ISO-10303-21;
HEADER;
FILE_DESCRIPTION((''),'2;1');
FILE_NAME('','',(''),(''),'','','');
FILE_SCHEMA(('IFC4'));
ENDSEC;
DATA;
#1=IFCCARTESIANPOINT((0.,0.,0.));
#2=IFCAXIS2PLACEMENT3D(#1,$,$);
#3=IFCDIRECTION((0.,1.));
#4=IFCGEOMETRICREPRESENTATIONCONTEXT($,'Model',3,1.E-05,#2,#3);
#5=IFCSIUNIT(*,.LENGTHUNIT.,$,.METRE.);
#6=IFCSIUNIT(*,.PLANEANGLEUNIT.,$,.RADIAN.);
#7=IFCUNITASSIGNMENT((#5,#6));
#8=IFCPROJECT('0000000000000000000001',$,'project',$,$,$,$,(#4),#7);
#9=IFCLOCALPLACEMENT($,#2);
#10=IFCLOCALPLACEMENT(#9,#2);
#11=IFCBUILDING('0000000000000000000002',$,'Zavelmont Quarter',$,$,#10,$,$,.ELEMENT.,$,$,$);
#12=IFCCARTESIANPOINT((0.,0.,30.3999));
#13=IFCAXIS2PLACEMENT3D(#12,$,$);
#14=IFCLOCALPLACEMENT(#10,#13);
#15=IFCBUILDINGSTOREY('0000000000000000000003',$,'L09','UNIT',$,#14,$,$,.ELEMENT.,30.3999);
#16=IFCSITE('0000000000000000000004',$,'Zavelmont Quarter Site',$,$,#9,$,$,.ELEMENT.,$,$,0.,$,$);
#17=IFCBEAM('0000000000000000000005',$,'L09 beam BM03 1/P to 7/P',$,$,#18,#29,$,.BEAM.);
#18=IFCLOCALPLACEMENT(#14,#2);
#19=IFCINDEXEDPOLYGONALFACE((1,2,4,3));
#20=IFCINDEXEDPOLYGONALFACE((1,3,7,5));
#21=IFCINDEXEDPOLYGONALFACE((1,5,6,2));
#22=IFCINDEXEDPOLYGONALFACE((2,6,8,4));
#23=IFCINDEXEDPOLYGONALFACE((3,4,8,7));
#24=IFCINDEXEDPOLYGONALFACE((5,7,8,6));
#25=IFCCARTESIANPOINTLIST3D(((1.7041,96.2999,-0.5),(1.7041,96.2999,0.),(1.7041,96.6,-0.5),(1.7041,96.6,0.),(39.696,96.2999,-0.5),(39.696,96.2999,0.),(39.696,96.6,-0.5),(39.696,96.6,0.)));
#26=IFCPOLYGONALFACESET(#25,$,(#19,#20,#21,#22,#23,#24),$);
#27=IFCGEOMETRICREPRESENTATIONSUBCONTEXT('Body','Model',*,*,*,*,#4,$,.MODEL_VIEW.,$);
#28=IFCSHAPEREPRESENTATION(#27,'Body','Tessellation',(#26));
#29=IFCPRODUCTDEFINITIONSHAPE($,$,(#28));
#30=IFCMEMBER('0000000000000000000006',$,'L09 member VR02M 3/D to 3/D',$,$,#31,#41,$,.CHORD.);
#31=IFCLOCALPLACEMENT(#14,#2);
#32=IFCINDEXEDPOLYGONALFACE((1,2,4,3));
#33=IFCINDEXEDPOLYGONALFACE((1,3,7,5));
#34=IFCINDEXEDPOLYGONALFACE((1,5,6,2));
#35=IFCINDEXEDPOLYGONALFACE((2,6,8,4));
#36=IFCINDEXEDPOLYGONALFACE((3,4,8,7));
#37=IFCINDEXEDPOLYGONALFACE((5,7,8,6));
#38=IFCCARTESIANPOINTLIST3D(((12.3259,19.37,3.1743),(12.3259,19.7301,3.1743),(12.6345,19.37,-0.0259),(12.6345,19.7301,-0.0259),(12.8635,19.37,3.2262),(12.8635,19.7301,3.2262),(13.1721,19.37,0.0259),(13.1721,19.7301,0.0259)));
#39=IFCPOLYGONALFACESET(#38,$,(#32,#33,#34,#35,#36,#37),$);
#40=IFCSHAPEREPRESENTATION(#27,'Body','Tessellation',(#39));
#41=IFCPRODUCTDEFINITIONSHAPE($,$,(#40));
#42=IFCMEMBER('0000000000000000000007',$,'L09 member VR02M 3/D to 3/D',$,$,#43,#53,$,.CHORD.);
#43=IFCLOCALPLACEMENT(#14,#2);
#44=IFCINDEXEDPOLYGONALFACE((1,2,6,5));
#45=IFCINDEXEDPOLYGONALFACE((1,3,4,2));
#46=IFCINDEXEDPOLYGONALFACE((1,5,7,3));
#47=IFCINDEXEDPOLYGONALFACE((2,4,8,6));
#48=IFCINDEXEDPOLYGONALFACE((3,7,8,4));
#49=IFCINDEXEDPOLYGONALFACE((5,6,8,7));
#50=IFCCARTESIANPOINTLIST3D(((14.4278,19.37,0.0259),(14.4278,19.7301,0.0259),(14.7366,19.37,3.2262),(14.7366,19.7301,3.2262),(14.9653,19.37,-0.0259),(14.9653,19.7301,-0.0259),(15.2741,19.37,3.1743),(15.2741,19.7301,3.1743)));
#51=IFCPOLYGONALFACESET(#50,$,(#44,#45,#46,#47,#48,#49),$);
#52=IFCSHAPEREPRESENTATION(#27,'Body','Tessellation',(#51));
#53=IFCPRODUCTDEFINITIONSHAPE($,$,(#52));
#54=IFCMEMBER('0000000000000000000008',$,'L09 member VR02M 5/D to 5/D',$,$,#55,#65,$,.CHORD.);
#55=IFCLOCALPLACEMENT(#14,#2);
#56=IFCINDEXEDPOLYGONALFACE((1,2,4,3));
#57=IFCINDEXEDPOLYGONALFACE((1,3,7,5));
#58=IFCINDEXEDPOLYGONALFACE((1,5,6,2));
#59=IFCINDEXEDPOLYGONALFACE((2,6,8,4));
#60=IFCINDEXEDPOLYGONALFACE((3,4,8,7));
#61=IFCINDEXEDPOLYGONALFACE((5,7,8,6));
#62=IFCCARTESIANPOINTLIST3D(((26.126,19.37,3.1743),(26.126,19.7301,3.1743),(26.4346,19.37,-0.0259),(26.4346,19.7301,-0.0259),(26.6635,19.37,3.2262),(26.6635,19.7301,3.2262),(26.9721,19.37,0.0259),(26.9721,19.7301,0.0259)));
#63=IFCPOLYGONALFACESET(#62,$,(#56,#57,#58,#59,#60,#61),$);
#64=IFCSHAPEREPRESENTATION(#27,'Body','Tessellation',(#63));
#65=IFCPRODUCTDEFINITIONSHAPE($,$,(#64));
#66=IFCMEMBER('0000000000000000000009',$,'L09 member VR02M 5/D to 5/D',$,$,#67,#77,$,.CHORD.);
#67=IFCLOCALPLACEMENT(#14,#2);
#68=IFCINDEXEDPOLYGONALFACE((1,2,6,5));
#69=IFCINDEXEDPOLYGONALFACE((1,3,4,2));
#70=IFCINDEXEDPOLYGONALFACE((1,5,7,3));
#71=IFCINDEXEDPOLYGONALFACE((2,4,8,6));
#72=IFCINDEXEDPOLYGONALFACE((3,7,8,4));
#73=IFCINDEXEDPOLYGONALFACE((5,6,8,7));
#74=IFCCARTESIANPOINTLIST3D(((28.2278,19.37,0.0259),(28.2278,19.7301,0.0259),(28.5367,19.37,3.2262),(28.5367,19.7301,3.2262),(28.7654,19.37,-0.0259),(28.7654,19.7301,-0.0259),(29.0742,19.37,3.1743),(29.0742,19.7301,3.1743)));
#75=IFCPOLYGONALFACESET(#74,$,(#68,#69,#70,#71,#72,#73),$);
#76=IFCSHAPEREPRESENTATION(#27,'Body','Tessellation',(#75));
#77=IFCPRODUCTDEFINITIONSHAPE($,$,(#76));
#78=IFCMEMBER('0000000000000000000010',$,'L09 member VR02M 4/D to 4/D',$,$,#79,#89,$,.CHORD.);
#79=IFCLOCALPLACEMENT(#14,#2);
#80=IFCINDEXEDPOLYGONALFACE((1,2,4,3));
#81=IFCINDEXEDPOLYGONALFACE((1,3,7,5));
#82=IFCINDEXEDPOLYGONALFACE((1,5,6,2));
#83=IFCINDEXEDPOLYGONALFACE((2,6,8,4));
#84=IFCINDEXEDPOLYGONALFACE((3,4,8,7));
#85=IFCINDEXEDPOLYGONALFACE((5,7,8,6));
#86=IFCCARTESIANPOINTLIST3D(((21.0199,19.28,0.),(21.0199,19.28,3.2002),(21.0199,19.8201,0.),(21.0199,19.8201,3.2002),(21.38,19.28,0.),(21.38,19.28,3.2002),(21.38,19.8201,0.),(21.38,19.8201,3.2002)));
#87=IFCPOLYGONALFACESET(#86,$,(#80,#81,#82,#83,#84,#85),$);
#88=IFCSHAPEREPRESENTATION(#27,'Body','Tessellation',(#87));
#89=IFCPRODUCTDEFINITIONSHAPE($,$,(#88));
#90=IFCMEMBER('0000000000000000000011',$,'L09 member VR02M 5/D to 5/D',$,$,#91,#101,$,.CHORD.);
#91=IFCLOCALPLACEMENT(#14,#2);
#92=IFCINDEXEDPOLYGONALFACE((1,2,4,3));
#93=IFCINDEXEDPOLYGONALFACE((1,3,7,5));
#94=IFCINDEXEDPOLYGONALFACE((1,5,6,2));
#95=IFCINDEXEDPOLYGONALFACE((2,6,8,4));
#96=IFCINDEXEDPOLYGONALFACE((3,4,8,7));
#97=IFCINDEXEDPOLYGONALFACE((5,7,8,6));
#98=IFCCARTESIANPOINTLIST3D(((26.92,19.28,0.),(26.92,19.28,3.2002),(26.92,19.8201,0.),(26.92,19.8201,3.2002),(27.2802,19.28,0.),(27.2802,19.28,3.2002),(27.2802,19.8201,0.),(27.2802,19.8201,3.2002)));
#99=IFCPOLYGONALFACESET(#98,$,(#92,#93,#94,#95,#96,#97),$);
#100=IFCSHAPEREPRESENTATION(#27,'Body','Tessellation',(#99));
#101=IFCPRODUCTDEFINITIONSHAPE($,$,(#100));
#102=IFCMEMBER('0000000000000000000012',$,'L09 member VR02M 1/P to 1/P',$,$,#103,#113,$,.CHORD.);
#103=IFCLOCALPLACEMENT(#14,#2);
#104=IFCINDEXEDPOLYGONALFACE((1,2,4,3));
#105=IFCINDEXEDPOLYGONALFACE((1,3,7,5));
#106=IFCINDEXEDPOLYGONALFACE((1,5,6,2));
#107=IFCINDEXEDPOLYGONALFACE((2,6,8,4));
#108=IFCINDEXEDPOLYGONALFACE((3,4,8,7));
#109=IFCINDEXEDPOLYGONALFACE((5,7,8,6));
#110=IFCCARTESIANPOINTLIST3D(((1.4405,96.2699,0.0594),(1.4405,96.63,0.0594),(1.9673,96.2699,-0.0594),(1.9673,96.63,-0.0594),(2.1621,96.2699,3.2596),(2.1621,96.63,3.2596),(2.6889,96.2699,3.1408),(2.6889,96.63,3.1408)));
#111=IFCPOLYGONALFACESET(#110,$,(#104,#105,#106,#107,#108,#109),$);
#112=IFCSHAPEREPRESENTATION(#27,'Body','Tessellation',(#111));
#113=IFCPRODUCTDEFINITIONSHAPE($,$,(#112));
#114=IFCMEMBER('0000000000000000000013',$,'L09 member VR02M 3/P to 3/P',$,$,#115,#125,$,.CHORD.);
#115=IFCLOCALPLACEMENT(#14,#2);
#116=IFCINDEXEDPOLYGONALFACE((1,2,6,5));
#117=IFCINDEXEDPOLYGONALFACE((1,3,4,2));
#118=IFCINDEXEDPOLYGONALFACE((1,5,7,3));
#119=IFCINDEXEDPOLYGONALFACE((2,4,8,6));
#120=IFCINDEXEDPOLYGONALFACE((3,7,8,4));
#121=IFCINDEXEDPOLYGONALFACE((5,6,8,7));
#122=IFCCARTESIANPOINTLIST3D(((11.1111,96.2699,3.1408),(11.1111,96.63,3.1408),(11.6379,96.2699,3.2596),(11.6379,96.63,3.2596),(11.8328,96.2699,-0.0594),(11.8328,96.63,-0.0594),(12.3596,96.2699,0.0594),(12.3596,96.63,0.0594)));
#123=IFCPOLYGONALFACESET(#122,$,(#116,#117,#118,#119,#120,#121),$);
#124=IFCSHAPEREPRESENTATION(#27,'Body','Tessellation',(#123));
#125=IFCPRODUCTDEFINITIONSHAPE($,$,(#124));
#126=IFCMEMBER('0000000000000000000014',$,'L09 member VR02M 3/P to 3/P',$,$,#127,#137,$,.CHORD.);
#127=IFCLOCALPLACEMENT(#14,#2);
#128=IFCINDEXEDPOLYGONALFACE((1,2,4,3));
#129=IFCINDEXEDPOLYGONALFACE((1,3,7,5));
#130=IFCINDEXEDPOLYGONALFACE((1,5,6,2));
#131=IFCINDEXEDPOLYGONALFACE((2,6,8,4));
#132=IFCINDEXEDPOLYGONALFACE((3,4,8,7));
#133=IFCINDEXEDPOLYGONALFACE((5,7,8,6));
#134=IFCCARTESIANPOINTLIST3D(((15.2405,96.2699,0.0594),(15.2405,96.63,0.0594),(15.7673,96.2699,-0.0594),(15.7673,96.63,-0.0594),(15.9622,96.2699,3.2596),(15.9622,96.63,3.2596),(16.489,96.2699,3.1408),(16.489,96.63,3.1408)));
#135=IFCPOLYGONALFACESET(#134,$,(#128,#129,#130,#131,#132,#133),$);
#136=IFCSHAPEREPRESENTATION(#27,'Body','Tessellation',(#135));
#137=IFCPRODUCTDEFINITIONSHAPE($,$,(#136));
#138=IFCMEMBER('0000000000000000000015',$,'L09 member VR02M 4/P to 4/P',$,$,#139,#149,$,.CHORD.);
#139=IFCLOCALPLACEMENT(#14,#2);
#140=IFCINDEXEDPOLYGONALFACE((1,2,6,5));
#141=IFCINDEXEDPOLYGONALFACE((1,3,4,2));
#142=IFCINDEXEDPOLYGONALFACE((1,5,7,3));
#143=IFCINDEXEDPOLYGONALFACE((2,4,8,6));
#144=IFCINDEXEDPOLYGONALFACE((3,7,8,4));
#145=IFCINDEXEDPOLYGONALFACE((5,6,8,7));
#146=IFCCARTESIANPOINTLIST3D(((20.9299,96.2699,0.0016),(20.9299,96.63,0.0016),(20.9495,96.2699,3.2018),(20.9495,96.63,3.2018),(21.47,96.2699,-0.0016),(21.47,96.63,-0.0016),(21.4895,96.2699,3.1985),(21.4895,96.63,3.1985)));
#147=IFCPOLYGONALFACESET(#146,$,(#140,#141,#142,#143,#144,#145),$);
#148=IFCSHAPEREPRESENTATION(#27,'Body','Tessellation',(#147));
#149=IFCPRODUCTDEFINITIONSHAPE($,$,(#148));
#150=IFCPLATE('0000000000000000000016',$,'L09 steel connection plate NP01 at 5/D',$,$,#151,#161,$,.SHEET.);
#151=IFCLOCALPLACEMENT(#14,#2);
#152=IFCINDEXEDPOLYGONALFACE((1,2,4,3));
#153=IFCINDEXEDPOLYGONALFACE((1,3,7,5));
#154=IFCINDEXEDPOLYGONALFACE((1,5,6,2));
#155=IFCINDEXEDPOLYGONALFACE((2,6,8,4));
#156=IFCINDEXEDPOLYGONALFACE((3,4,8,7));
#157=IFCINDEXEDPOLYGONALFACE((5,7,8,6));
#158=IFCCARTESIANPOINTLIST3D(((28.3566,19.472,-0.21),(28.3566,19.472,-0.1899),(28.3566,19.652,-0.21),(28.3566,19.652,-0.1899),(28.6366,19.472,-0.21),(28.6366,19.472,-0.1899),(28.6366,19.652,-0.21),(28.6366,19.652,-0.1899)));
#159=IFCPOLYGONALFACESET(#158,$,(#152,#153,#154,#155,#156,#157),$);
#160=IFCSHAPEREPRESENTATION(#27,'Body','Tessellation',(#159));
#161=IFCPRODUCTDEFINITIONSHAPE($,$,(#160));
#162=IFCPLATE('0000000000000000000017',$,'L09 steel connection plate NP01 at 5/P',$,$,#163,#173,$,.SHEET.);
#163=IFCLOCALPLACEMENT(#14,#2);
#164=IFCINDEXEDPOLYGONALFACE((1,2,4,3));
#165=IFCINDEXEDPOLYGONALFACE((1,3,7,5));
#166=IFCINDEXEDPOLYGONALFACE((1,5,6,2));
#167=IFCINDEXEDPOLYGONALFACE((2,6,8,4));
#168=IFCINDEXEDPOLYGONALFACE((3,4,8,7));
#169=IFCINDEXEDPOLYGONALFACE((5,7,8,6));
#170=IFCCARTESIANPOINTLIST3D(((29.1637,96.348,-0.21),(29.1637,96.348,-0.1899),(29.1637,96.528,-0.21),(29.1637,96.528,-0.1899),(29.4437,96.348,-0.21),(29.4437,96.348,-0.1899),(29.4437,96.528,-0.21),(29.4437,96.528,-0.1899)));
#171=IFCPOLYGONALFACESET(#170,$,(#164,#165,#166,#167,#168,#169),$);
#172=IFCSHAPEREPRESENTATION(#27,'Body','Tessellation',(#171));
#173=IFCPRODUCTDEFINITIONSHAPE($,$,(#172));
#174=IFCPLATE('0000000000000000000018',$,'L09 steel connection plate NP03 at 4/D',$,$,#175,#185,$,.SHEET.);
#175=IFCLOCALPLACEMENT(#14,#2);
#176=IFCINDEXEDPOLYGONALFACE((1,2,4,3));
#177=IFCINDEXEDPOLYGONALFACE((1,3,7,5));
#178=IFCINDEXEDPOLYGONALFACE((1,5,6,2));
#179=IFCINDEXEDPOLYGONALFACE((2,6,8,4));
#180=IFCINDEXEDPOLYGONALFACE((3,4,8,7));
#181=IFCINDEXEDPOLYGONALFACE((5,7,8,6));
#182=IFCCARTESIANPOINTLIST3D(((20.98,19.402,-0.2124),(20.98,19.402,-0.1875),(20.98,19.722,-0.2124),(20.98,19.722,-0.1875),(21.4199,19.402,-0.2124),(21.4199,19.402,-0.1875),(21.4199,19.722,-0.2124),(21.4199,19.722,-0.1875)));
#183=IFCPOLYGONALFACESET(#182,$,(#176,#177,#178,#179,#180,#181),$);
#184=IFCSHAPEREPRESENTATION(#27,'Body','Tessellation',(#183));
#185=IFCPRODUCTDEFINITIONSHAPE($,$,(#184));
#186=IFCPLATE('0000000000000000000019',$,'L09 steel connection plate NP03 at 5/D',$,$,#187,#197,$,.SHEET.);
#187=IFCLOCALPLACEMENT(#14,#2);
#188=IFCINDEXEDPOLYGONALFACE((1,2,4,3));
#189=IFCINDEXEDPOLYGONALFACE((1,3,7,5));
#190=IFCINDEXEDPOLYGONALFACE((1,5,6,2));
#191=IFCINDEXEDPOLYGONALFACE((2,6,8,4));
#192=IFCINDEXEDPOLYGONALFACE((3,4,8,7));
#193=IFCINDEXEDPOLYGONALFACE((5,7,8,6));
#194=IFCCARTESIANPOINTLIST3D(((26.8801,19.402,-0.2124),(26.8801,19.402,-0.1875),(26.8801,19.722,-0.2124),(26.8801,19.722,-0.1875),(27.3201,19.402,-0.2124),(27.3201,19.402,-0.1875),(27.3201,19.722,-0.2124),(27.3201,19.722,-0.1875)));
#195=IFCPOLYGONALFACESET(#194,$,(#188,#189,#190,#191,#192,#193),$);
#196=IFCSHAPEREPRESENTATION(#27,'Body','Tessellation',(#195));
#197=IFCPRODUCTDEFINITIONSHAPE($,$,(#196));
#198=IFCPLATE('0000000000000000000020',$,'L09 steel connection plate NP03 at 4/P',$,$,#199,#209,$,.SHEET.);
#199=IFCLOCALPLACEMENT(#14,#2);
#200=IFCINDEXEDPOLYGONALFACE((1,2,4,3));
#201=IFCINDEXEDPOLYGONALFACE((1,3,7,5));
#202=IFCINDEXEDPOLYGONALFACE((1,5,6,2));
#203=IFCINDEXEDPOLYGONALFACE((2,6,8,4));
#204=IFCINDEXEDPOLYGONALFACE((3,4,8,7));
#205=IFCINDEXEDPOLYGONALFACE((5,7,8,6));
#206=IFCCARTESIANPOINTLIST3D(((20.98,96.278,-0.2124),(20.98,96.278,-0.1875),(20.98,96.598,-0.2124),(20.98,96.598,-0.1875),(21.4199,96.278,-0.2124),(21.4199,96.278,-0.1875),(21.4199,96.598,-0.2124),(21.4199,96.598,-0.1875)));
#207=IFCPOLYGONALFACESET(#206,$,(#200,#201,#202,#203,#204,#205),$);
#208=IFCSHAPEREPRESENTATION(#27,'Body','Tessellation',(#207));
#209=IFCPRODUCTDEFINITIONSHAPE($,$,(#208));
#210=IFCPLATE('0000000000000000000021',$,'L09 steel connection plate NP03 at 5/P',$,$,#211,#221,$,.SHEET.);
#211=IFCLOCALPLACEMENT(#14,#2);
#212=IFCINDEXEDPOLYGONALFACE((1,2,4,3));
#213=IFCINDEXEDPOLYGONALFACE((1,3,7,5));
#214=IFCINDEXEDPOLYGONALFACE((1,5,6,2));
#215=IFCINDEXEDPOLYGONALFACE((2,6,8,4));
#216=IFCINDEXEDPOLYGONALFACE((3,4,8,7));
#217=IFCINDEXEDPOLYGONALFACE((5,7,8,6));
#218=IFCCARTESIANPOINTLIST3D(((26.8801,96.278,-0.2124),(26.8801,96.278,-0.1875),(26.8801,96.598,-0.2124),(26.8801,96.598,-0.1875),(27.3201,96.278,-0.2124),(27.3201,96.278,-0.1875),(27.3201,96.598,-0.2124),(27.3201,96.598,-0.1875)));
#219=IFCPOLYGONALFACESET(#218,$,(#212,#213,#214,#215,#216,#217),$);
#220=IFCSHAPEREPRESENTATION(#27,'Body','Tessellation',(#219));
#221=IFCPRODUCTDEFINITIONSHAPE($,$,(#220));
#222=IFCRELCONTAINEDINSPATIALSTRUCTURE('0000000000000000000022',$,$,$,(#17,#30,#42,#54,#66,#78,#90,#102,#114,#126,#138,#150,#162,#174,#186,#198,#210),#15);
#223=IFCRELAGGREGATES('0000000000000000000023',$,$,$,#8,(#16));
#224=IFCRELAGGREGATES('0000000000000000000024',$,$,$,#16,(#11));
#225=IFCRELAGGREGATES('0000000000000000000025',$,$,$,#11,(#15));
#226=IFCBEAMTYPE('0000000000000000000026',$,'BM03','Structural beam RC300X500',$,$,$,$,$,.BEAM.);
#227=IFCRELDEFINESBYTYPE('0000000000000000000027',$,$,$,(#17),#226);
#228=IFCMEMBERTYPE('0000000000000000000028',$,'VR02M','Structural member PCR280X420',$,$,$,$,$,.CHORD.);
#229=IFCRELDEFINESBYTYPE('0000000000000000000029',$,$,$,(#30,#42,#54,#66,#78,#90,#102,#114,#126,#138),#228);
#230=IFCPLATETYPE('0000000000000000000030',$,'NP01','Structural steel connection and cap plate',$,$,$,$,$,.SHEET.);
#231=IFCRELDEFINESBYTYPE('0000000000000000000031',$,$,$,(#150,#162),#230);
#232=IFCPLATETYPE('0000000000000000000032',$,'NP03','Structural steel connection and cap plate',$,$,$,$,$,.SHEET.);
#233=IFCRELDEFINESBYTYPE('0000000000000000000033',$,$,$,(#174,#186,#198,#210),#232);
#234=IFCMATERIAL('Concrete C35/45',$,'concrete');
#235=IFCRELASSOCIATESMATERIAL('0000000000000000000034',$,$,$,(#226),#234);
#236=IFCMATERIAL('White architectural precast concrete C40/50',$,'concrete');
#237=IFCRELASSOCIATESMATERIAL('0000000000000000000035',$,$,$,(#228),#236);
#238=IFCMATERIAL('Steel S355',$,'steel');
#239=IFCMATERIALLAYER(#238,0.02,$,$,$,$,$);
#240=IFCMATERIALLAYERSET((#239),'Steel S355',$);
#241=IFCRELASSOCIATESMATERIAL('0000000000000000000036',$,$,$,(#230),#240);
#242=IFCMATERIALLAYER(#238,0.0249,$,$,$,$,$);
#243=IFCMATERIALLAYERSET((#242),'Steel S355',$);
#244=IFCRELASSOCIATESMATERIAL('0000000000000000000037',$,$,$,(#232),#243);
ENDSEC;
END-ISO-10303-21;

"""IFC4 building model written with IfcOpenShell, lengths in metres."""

from ifc_helpers import new_model, si_unit, direction, frame, origin, origin_2d, place, context, subcontext, project, spatial, rectangle, extrude, material, layer, layer_set, material_profile, profile_set, type_object, element, save


model = new_model("IFC4")

# Units and contexts
model_context = context("Model", 3, precision=1e-05, world=origin(), true_north=direction((0.0, 1.0)))
body_context = subcontext(model_context, "Body", "Model", "MODEL_VIEW")
ifc_project = project(units=[si_unit("LENGTHUNIT", "METRE"), si_unit("PLANEANGLEUNIT", "RADIAN")], contexts=[model_context])

# Site, building, storey
site_placement = place(None, origin())
site = spatial("IfcSite", under=ifc_project, at=site_placement, Name="Zavelmont Quarter Site", CompositionType="ELEMENT", RefElevation=0.0)
building_placement = place(site_placement, origin())
building = spatial("IfcBuilding", under=site, at=building_placement, Name="Zavelmont Quarter", CompositionType="ELEMENT")
storey_placement = place(building_placement, frame((0.0, 0.0, 30.3999)))
storey = spatial("IfcBuildingStorey", under=building, at=storey_placement, Name="L09", Description="UNIT", CompositionType="ELEMENT", Elevation=30.3999)

# Beam
ifc_material_1 = material(Name="Concrete C35/45", Category="concrete")
ifc_material_profile_1 = material_profile(ifc_material_1, rectangle(XDim=0.3, YDim=0.5, at=origin_2d()), Name="RC300X500")
ifc_profile_set_1 = profile_set([ifc_material_profile_1], Name="Concrete C35/45")
beam_type = type_object("IfcBeamType", Name="BM03", Description="Structural beam RC300X500", PredefinedType="BEAM", material=ifc_profile_set_1)
beam_placement = place(storey_placement, frame((1.7041, 96.45, -0.25), z_axis=(1.0, 0.0, 0.0), x_axis=(0.0, 1.0, 0.0)))
element("IfcBeam", 1, at=beam_placement, inside=storey, type_object=beam_type, Name="L09 beam BM03 1/P to 7/P", PredefinedType="BEAM", context=body_context, shape_type="SweptSolid", body=[
    extrude(rectangle(XDim=0.3, YDim=0.5, at=origin_2d()), origin(), (0.0, 0.0, 1.0), 37.9919),
])

# Members
ifc_material_2 = material(Name="White architectural precast concrete C40/50", Category="concrete")
ifc_material_profile_2 = material_profile(ifc_material_2, rectangle(XDim=0.3601, YDim=0.54, at=origin_2d()), Name="PCR280X420")
ifc_profile_set_2 = profile_set([ifc_material_profile_2], Name="White architectural precast concrete C40/50")
member_type = type_object("IfcMemberType", Name="VR02M", Description="Structural member PCR280X420", PredefinedType="CHORD", material=ifc_profile_set_2)
for number, where, z_axis, x_axis, name in (
    (2, (12.9033, 19.55, 0.0), (-0.095984, 0.0, 0.995383), (0.0, -1.0, 0.0), "L09 member VR02M 3/D to 3/D"),
    (3, (14.6965, 19.55, 0.0), (0.09606, 0.0, 0.995376), (0.0, 1.0, 0.0), "L09 member VR02M 3/D to 3/D"),
    (4, (26.7034, 19.55, 0.0), (-0.095984, 0.0, 0.995383), (0.0, -1.0, 0.0), "L09 member VR02M 5/D to 5/D"),
    (5, (28.4966, 19.55, 0.0), (0.09606, 0.0, 0.995376), (0.0, 1.0, 0.0), "L09 member VR02M 5/D to 5/D"),
):
    element("IfcMember", number, at=place(storey_placement, frame(where, z_axis=z_axis, x_axis=x_axis)), inside=storey, type_object=member_type, Name=name, PredefinedType="CHORD", context=body_context, shape_type="SweptSolid", body=[
        extrude(rectangle(XDim=0.3601, YDim=0.54, at=origin_2d()), origin(), (0.0, 0.0, 1.0), 3.2151),
    ])
for number, where, z_axis, x_axis, name in (
    (6, (21.2, 19.55, 0.0), (0.0, 0.0, 1.0), (1.0, 0.0, 0.0), "L09 member VR02M 4/D to 4/D"),
    (7, (27.1001, 19.55, 0.0), (0.0, 0.0, 1.0), (1.0, 0.0, 0.0), "L09 member VR02M 5/D to 5/D"),
):
    element("IfcMember", number, at=place(storey_placement, frame(where, z_axis=z_axis, x_axis=x_axis)), inside=storey, type_object=member_type, Name=name, PredefinedType="CHORD", context=body_context, shape_type="SweptSolid", body=[
        extrude(rectangle(XDim=0.3601, YDim=0.54, at=origin_2d()), origin(), (0.0, 0.0, 1.0), 3.2002),
    ])
for number, where, z_axis, x_axis, name in (
    (8, (1.7039, 96.45, 0.0), (0.219987, 0.0, 0.975503), (0.0, 1.0, 0.0), "L09 member VR02M 1/P to 1/P"),
    (9, (12.0962, 96.45, 0.0), (-0.219987, 0.0, 0.975503), (0.0, -1.0, 0.0), "L09 member VR02M 3/P to 3/P"),
    (10, (15.5039, 96.45, 0.0), (0.219987, 0.0, 0.975503), (0.0, 1.0, 0.0), "L09 member VR02M 3/P to 3/P"),
):
    element("IfcMember", number, at=place(storey_placement, frame(where, z_axis=z_axis, x_axis=x_axis)), inside=storey, type_object=member_type, Name=name, PredefinedType="CHORD", context=body_context, shape_type="SweptSolid", body=[
        extrude(rectangle(XDim=0.3601, YDim=0.54, at=origin_2d()), origin(), (0.0, 0.0, 1.0), 3.2805),
    ])
member_placement = place(storey_placement, frame((21.2, 96.45, 0.0), z_axis=(0.006103, 0.0, 0.999981), x_axis=(0.0, 1.0, 0.0)))
element("IfcMember", 11, at=member_placement, inside=storey, type_object=member_type, Name="L09 member VR02M 4/P to 4/P", PredefinedType="CHORD", context=body_context, shape_type="SweptSolid", body=[
    extrude(rectangle(XDim=0.3601, YDim=0.54, at=origin_2d()), origin(), (0.0, 0.0, 1.0), 3.2002),
])

# Plates
ifc_material_3 = material(Name="Steel S355", Category="steel")
ifc_layer_1 = layer(ifc_material_3, 0.02)
ifc_layer_set_1 = layer_set([ifc_layer_1], Name="Steel S355")
plate_type_1 = type_object("IfcPlateType", Name="NP01", Description="Structural steel connection and cap plate", PredefinedType="SHEET", material=ifc_layer_set_1)
for number, where, z_axis, x_axis, name in (
    (12, (28.4966, 19.562, -0.21), (0.0, 0.0, 1.0), (1.0, 0.0, 0.0), "L09 steel connection plate NP01 at 5/D"),
    (13, (29.3037, 96.438, -0.21), (0.0, 0.0, 1.0), (1.0, 0.0, 0.0), "L09 steel connection plate NP01 at 5/P"),
):
    element("IfcPlate", number, at=place(storey_placement, frame(where, z_axis=z_axis, x_axis=x_axis)), inside=storey, type_object=plate_type_1, Name=name, PredefinedType="SHEET", context=body_context, shape_type="SweptSolid", body=[
        extrude(rectangle(XDim=0.28, YDim=0.1799, at=origin_2d()), origin(), (0.0, 0.0, 1.0), 0.02),
    ])
ifc_layer_2 = layer(ifc_material_3, 0.0249)
ifc_layer_set_2 = layer_set([ifc_layer_2], Name="Steel S355")
plate_type_2 = type_object("IfcPlateType", Name="NP03", Description="Structural steel connection and cap plate", PredefinedType="SHEET", material=ifc_layer_set_2)
for number, where, z_axis, x_axis, name in (
    (14, (21.2, 19.562, -0.2124), (0.0, 0.0, 1.0), (1.0, 0.0, 0.0), "L09 steel connection plate NP03 at 4/D"),
    (15, (27.1001, 19.562, -0.2124), (0.0, 0.0, 1.0), (1.0, 0.0, 0.0), "L09 steel connection plate NP03 at 5/D"),
    (16, (21.2, 96.438, -0.2124), (0.0, 0.0, 1.0), (1.0, 0.0, 0.0), "L09 steel connection plate NP03 at 4/P"),
    (17, (27.1001, 96.438, -0.2124), (0.0, 0.0, 1.0), (1.0, 0.0, 0.0), "L09 steel connection plate NP03 at 5/P"),
):
    element("IfcPlate", number, at=place(storey_placement, frame(where, z_axis=z_axis, x_axis=x_axis)), inside=storey, type_object=plate_type_2, Name=name, PredefinedType="SHEET", context=body_context, shape_type="SweptSolid", body=[
        extrude(rectangle(XDim=0.4399, YDim=0.3201, at=origin_2d()), origin(), (0.0, 0.0, 1.0), 0.0249),
    ])

save(model, "model.ifc")
